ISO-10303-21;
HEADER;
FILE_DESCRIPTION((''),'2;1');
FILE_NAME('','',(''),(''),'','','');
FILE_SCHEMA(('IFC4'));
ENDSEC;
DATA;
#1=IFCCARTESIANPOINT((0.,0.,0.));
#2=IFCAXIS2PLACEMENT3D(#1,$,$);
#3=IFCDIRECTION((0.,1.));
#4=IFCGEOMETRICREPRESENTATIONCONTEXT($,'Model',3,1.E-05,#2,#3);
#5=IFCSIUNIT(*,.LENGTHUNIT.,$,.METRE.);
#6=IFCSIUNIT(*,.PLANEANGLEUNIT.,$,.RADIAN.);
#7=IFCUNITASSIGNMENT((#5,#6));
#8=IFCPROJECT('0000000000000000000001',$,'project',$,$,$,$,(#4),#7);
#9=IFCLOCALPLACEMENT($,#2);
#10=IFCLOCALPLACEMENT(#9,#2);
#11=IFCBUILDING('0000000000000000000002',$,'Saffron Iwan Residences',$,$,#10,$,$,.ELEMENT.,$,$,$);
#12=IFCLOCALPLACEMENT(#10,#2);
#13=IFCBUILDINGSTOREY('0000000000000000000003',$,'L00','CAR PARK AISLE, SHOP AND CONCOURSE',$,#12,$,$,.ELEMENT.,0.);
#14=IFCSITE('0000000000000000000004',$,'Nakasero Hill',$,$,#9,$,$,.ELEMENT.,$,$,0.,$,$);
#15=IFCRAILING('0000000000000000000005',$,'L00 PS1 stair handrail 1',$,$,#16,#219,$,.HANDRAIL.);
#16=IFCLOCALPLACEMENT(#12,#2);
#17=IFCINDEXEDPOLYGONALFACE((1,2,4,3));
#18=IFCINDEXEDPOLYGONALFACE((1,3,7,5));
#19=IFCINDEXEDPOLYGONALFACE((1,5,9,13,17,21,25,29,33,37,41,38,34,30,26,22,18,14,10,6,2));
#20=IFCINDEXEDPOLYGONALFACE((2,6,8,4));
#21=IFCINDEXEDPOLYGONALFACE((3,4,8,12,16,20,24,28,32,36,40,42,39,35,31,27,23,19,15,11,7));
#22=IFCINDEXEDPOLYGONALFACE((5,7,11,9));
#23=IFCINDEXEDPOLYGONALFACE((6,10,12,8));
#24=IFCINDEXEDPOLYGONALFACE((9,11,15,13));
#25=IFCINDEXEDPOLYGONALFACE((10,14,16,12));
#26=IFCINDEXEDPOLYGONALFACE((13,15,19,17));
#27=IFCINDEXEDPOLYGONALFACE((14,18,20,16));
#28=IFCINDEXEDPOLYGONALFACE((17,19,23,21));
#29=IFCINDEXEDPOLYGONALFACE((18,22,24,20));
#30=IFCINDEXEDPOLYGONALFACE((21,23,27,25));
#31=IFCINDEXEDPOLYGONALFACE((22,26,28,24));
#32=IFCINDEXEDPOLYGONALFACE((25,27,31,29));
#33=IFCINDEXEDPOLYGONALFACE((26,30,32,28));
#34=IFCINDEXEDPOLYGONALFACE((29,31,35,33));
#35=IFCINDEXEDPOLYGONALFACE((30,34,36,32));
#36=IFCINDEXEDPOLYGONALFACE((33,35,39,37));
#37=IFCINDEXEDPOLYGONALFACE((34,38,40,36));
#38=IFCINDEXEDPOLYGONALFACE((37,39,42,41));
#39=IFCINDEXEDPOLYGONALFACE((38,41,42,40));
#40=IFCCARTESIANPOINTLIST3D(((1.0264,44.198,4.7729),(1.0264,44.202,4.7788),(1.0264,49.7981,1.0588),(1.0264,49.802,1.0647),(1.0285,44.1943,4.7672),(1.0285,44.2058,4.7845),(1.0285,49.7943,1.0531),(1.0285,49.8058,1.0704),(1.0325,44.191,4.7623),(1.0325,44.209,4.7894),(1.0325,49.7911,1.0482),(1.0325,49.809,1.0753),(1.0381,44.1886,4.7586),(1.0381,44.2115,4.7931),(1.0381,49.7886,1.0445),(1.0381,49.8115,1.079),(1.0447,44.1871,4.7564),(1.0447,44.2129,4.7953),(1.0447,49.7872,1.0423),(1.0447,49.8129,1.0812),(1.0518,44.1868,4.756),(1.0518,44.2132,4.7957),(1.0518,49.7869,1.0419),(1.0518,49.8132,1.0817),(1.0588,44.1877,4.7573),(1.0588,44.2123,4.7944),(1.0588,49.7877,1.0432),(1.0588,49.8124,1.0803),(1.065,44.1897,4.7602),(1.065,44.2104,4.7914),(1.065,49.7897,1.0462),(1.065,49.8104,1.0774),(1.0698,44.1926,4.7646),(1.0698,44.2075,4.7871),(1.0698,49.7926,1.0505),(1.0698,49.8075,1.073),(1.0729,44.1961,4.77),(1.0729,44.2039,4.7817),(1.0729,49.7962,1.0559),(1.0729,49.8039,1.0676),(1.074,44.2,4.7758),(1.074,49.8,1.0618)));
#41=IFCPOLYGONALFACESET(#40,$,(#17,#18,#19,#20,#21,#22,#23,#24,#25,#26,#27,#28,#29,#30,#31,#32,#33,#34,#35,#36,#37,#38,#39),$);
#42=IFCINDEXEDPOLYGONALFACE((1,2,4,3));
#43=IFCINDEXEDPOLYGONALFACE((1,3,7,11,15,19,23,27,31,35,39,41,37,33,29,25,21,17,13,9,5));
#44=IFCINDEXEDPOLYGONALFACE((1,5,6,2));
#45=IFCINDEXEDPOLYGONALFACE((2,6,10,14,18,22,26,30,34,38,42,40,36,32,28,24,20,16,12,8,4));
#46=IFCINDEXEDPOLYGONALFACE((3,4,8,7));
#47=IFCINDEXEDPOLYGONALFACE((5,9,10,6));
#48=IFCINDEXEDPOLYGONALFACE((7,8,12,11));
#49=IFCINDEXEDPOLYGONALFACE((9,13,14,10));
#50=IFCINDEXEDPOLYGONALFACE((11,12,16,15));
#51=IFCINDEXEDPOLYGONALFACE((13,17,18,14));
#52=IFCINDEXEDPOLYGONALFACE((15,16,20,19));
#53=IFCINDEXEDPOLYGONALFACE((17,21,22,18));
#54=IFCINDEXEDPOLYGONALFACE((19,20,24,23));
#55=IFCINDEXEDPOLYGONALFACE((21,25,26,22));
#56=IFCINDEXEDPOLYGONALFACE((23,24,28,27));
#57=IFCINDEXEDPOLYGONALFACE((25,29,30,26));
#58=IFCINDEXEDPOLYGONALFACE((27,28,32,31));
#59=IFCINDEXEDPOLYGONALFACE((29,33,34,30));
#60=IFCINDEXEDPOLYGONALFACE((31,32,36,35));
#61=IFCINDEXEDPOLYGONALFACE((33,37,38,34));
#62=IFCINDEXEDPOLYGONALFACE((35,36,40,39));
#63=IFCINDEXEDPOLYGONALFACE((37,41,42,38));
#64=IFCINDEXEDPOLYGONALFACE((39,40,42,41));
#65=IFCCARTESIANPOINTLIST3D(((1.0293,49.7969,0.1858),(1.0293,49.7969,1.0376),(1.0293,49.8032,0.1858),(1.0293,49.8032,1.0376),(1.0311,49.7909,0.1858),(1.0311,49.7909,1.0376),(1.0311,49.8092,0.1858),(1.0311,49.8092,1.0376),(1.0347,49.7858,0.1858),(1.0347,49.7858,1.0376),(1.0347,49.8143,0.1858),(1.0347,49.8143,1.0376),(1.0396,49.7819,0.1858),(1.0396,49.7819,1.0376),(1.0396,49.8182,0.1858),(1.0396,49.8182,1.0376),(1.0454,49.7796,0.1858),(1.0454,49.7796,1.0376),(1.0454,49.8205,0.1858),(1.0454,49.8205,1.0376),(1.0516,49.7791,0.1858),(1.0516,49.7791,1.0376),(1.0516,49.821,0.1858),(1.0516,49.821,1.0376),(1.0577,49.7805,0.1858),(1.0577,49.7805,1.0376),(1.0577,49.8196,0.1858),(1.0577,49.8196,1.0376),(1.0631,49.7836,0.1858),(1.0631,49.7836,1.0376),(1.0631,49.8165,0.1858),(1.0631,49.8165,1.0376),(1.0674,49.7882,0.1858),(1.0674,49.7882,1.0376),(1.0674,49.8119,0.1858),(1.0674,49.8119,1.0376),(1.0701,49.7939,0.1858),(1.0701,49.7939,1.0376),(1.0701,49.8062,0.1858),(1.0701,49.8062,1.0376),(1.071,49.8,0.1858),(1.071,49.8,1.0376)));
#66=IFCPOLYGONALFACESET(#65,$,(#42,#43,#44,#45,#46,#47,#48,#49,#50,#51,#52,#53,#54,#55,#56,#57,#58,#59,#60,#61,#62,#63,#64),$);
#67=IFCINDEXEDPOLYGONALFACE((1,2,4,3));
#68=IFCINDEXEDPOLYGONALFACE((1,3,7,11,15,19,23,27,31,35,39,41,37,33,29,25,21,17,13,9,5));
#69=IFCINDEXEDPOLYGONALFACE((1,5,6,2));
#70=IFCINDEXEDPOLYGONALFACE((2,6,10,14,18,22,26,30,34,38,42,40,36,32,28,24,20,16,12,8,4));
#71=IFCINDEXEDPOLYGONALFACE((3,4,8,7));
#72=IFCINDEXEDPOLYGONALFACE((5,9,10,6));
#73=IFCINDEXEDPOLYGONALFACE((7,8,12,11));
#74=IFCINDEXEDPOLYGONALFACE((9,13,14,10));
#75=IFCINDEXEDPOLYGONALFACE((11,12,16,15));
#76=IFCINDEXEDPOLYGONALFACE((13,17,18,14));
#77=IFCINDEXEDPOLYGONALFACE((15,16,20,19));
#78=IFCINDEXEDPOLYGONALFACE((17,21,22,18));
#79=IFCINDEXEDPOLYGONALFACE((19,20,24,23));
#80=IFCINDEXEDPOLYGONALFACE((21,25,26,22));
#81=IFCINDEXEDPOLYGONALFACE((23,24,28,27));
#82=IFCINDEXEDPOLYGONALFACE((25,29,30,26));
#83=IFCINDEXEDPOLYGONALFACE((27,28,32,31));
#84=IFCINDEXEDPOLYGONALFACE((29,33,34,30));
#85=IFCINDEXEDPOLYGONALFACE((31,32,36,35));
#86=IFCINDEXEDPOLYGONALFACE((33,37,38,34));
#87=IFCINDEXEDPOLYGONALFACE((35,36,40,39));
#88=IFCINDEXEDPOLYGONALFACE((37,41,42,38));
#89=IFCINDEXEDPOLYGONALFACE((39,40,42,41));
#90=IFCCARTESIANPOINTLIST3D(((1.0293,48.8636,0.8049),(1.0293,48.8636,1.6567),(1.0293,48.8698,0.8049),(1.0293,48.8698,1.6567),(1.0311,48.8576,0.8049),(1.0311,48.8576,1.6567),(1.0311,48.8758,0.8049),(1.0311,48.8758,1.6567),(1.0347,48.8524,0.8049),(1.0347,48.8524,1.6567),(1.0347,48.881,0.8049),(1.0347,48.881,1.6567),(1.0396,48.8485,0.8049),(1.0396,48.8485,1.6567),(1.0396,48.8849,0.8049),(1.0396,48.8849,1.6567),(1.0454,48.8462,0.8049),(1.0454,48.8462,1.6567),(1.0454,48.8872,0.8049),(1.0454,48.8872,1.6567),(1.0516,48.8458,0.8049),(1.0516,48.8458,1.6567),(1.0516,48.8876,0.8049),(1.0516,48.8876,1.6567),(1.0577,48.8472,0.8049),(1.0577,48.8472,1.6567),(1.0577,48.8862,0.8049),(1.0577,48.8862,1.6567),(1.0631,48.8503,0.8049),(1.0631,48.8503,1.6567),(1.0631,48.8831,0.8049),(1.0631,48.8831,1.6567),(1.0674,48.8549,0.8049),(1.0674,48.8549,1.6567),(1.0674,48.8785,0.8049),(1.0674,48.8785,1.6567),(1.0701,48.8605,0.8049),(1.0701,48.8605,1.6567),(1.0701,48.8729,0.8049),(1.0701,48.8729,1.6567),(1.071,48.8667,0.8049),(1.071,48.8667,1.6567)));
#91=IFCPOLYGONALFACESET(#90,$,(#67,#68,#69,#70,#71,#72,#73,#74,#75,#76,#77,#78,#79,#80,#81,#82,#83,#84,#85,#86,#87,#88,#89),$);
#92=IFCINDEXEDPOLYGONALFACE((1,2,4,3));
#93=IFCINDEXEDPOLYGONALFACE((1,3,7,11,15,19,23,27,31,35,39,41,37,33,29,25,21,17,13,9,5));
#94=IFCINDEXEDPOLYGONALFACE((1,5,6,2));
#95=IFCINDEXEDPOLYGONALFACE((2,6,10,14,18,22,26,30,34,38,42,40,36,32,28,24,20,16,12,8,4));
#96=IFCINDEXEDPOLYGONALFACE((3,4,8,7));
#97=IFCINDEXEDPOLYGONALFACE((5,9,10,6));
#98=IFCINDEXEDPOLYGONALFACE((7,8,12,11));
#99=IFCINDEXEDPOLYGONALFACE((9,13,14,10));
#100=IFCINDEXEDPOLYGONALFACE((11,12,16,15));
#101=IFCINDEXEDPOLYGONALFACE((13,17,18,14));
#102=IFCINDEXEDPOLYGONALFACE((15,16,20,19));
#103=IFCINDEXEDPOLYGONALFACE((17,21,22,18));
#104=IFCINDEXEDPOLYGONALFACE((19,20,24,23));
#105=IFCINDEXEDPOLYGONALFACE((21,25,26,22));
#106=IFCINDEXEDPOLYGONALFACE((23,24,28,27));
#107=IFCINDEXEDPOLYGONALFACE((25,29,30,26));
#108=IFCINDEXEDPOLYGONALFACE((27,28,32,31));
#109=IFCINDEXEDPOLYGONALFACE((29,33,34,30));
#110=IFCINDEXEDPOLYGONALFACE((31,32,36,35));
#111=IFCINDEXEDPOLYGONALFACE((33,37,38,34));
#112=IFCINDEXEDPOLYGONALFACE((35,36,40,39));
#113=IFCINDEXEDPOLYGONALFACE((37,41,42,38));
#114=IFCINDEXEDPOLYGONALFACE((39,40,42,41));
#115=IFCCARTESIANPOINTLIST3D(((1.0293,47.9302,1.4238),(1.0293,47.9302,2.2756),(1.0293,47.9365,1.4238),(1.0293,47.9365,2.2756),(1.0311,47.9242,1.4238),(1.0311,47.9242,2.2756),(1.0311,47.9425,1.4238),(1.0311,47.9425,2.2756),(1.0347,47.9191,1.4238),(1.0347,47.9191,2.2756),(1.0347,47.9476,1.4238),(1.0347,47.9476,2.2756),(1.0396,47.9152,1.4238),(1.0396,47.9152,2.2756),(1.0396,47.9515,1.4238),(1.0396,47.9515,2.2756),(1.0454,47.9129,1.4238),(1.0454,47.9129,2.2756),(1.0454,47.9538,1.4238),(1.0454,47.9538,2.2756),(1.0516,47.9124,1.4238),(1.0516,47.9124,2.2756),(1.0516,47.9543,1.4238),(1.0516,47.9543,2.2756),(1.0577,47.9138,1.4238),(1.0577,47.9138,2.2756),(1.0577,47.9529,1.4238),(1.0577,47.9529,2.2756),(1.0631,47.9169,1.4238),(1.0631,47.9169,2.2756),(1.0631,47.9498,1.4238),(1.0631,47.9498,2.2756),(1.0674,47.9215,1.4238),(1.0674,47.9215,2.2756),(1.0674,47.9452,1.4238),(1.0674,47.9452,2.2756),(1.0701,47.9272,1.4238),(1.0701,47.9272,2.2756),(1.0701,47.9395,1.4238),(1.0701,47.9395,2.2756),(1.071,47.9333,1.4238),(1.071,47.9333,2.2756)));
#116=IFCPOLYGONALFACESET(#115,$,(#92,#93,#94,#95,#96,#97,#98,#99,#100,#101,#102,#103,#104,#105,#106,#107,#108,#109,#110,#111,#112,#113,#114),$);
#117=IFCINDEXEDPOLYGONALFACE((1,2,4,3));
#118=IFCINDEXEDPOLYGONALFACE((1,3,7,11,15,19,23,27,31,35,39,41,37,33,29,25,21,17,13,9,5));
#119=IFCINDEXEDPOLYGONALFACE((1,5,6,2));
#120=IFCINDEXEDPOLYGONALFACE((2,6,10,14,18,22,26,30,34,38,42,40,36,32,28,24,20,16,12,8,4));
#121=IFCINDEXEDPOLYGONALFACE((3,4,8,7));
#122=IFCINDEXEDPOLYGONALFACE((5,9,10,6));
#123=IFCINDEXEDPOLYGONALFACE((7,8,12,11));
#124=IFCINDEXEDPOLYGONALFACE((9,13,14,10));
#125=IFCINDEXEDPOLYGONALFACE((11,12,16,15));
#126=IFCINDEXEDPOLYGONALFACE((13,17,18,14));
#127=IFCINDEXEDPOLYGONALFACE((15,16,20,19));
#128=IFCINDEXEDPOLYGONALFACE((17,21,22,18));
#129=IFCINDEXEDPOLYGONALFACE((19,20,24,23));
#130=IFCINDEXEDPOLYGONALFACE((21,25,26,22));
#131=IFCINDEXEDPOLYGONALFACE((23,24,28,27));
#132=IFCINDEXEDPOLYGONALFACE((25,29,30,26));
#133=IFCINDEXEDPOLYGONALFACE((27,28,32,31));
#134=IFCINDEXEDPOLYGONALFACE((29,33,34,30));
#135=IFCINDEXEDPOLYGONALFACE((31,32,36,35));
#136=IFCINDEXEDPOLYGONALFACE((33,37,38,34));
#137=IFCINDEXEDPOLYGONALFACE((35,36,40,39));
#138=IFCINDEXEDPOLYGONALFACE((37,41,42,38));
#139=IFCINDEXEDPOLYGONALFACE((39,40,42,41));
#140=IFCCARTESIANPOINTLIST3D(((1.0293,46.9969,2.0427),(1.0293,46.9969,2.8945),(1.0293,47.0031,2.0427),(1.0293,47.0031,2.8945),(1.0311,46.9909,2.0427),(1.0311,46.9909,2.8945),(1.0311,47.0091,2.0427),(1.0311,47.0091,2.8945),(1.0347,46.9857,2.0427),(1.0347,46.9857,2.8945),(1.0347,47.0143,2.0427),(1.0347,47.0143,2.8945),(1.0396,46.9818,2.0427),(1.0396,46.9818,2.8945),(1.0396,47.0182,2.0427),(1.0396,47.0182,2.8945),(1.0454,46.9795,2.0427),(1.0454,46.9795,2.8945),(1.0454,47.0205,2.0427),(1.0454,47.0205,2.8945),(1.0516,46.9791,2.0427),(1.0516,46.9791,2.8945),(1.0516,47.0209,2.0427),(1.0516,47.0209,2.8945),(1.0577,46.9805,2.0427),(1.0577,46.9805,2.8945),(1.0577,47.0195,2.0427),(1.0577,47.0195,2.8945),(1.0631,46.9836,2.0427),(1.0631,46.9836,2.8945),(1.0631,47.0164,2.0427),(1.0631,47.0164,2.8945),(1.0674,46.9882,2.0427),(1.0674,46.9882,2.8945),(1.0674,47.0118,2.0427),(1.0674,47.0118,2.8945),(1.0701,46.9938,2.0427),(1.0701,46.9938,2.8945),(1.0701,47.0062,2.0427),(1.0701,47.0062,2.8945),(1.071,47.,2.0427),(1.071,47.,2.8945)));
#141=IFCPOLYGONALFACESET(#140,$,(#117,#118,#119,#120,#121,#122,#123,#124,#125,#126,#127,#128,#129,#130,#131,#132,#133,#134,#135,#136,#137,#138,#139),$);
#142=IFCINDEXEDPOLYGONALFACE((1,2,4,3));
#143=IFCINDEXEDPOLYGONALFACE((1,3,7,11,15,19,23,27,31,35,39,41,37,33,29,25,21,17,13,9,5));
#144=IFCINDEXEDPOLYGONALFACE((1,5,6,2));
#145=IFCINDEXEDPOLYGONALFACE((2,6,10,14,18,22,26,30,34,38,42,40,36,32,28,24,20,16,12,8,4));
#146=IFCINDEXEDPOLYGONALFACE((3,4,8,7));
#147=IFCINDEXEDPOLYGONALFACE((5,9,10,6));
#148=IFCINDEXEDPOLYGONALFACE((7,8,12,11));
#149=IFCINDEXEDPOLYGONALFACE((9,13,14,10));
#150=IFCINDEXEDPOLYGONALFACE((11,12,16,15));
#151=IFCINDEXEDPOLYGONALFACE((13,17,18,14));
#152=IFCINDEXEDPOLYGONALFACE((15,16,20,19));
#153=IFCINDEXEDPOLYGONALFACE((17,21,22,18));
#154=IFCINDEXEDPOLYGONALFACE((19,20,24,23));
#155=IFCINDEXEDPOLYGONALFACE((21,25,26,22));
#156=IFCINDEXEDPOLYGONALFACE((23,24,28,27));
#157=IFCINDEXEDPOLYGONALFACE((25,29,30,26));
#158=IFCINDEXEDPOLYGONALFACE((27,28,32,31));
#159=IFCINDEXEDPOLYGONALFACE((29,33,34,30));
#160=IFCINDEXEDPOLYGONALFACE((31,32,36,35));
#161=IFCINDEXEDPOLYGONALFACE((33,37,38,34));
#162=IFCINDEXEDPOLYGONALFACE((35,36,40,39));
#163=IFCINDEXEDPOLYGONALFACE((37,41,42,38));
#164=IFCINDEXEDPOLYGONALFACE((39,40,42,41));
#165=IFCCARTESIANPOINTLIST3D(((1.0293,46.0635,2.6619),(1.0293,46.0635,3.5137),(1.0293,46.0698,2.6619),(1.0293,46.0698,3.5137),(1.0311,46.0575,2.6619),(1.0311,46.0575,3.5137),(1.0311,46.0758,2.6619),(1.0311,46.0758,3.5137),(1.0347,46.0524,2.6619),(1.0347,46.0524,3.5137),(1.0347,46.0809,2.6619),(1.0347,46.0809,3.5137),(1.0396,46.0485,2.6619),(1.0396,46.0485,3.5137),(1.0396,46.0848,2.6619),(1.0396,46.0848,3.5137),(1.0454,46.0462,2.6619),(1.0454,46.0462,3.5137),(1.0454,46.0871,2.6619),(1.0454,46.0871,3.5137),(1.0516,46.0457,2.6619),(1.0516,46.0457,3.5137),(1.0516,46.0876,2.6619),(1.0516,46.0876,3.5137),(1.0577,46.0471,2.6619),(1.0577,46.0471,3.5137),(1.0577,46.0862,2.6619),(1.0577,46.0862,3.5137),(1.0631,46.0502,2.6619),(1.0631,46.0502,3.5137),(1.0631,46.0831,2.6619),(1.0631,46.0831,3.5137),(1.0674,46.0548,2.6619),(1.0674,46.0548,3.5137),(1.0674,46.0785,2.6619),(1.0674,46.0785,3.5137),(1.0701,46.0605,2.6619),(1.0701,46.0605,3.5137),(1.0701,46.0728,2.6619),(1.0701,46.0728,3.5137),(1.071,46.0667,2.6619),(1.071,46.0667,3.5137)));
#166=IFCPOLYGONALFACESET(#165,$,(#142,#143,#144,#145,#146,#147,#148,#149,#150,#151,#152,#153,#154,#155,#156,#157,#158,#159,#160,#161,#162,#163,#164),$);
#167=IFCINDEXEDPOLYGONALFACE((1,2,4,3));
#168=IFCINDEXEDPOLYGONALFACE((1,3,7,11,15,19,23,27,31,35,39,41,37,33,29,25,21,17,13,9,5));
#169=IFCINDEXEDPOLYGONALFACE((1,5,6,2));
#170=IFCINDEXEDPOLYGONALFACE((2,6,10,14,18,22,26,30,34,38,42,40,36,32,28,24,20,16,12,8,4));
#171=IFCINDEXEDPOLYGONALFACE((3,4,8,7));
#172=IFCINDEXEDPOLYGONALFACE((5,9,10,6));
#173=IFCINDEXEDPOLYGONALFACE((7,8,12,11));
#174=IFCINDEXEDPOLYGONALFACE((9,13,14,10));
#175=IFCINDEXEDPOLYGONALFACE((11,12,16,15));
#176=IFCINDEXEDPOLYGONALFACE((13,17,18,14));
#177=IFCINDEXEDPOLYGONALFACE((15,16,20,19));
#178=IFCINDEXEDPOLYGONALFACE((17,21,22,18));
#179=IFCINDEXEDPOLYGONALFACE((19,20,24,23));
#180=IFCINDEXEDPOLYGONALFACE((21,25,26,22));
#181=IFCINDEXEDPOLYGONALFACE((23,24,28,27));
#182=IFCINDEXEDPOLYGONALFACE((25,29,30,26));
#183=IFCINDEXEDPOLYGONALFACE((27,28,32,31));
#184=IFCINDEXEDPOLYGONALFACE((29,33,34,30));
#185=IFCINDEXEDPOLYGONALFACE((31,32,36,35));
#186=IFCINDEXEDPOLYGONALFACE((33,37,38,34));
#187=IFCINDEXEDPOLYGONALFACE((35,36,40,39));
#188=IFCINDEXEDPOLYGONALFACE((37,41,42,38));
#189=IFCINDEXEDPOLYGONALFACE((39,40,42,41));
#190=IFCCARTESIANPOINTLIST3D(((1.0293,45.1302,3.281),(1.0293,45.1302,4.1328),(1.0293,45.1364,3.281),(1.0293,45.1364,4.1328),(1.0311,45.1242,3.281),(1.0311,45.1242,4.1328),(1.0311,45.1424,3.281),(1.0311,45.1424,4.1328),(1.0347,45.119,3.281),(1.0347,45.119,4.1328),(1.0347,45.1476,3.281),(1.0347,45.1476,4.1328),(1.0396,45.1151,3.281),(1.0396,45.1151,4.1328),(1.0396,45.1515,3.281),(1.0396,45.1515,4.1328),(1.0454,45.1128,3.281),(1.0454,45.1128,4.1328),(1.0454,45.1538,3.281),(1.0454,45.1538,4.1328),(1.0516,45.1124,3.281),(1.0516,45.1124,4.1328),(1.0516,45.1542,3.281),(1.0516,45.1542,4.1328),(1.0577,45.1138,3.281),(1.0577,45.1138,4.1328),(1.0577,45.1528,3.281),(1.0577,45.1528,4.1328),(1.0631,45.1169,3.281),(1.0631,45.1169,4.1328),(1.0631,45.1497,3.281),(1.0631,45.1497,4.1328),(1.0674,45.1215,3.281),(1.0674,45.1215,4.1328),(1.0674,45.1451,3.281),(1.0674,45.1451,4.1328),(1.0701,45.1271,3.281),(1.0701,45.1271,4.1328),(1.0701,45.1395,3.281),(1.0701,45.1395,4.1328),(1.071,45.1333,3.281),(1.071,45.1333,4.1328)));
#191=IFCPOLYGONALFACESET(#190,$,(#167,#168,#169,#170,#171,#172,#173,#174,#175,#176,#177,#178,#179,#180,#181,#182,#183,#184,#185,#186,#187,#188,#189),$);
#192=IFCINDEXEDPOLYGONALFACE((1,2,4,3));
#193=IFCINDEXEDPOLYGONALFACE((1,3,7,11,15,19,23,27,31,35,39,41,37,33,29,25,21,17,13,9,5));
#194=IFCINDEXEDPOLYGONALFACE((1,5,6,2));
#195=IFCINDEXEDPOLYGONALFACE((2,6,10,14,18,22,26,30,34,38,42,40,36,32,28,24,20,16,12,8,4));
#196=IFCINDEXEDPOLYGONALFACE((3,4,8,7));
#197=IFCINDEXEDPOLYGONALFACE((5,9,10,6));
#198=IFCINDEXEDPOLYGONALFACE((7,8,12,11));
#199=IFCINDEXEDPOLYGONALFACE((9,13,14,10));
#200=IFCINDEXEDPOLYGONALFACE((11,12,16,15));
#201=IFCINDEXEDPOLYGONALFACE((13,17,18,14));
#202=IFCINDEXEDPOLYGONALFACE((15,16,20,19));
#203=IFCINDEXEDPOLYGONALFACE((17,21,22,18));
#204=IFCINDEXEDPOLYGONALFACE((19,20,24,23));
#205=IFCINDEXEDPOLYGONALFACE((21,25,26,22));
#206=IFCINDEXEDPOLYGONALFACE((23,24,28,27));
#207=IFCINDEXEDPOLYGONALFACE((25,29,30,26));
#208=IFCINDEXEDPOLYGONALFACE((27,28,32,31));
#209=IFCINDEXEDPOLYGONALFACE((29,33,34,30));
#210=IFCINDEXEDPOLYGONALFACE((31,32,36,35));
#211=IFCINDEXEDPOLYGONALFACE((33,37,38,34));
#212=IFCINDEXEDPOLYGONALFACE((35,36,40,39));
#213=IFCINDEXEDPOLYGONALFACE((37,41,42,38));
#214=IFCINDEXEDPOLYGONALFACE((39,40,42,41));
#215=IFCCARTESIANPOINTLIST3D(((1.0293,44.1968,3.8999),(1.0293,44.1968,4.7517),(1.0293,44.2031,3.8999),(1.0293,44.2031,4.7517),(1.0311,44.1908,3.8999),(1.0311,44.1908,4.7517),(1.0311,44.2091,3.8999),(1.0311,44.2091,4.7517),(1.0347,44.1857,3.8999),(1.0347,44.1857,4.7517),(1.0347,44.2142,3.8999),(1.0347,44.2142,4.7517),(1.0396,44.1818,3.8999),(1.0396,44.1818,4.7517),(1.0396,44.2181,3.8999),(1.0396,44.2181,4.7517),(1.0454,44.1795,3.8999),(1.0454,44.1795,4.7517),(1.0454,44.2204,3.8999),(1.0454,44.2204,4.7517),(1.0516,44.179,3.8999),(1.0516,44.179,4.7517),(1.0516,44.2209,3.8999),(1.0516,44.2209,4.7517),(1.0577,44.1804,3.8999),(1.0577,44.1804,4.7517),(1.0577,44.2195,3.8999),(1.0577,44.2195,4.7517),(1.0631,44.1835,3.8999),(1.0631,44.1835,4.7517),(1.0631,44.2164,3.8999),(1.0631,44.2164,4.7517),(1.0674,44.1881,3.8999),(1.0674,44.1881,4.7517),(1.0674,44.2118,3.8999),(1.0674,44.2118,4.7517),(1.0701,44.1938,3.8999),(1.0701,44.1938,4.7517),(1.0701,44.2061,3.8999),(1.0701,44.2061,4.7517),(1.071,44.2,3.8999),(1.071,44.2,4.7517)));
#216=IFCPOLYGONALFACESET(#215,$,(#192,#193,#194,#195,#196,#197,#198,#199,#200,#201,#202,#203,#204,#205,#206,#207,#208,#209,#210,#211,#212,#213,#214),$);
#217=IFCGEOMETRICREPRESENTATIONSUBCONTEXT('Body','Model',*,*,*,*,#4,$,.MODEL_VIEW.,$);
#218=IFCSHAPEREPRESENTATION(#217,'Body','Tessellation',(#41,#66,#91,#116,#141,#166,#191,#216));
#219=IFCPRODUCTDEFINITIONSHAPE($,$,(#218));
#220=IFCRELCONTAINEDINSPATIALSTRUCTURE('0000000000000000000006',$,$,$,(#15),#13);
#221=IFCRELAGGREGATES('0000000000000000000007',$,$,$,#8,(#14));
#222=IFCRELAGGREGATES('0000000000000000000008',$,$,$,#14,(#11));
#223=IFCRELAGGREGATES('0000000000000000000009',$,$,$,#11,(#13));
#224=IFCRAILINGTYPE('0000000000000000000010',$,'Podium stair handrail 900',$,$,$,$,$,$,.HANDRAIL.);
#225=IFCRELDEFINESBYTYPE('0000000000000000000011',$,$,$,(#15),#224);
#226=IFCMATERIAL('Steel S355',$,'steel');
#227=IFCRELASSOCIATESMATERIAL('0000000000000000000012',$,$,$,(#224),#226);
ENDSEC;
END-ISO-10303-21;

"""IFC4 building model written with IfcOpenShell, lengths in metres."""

from ifc_helpers import new_model, si_unit, direction, frame, origin, origin_2d, place, context, subcontext, project, spatial, circle, extrude, material, type_object, element, save


model = new_model("IFC4")

# Units and contexts
model_context = context("Model", 3, precision=1e-05, world=origin(), true_north=direction((0.0, 1.0)))
body_context = subcontext(model_context, "Body", "Model", "MODEL_VIEW")
ifc_project = project(units=[si_unit("LENGTHUNIT", "METRE"), si_unit("PLANEANGLEUNIT", "RADIAN")], contexts=[model_context])

# Site, building, storey
site_placement = place(None, origin())
site = spatial("IfcSite", under=ifc_project, at=site_placement, Name="Nakasero Hill", CompositionType="ELEMENT", RefElevation=0.0)
building_placement = place(site_placement, origin())
building = spatial("IfcBuilding", under=site, at=building_placement, Name="Saffron Iwan Residences", CompositionType="ELEMENT")
storey_placement = place(building_placement, origin())
storey = spatial("IfcBuildingStorey", under=building, at=storey_placement, Name="L00", Description="CAR PARK AISLE, SHOP AND CONCOURSE", CompositionType="ELEMENT", Elevation=0.0)

# Railing
ifc_material_1 = material(Name="Steel S355", Category="steel")
railing_type_1 = type_object("IfcRailingType", Name="Podium stair handrail 900", PredefinedType="HANDRAIL", material=ifc_material_1)
railing_1_placement = place(storey_placement, frame((1.05, 49.8, 0.1858)))
element("IfcRailing", 1, at=railing_1_placement, inside=storey, type_object=railing_type_1, Name="L00 PS1 stair handrail 1", PredefinedType="HANDRAIL", context=body_context, shape_type="SweptSolid", body=[
    extrude(circle(Radius=0.0239, at=origin_2d()), frame((0.0, 0.0, 0.876), z_axis=(0.0, -0.833373, 0.552712), x_axis=(1.0, 0.0, 0.0)), (0.0, 0.0, 1.0), 6.7197),
    extrude(circle(Radius=0.021, at=origin_2d()), origin(), (0.0, 0.0, 1.0), 0.8518),
    extrude(circle(Radius=0.021, at=origin_2d()), frame((0.0, -0.9333, 0.6191)), (0.0, 0.0, 1.0), 0.8518),
    extrude(circle(Radius=0.021, at=origin_2d()), frame((0.0, -1.8667, 1.238)), (0.0, 0.0, 1.0), 0.8518),
    extrude(circle(Radius=0.021, at=origin_2d()), frame((0.0, -2.8, 1.8569)), (0.0, 0.0, 1.0), 0.8518),
    extrude(circle(Radius=0.021, at=origin_2d()), frame((0.0, -3.7334, 2.4761)), (0.0, 0.0, 1.0), 0.8518),
    extrude(circle(Radius=0.021, at=origin_2d()), frame((0.0, -4.6667, 3.0952)), (0.0, 0.0, 1.0), 0.8518),
    extrude(circle(Radius=0.021, at=origin_2d()), frame((0.0, -5.6001, 3.7141)), (0.0, 0.0, 1.0), 0.8518),
])

save(model, "model.ifc")
